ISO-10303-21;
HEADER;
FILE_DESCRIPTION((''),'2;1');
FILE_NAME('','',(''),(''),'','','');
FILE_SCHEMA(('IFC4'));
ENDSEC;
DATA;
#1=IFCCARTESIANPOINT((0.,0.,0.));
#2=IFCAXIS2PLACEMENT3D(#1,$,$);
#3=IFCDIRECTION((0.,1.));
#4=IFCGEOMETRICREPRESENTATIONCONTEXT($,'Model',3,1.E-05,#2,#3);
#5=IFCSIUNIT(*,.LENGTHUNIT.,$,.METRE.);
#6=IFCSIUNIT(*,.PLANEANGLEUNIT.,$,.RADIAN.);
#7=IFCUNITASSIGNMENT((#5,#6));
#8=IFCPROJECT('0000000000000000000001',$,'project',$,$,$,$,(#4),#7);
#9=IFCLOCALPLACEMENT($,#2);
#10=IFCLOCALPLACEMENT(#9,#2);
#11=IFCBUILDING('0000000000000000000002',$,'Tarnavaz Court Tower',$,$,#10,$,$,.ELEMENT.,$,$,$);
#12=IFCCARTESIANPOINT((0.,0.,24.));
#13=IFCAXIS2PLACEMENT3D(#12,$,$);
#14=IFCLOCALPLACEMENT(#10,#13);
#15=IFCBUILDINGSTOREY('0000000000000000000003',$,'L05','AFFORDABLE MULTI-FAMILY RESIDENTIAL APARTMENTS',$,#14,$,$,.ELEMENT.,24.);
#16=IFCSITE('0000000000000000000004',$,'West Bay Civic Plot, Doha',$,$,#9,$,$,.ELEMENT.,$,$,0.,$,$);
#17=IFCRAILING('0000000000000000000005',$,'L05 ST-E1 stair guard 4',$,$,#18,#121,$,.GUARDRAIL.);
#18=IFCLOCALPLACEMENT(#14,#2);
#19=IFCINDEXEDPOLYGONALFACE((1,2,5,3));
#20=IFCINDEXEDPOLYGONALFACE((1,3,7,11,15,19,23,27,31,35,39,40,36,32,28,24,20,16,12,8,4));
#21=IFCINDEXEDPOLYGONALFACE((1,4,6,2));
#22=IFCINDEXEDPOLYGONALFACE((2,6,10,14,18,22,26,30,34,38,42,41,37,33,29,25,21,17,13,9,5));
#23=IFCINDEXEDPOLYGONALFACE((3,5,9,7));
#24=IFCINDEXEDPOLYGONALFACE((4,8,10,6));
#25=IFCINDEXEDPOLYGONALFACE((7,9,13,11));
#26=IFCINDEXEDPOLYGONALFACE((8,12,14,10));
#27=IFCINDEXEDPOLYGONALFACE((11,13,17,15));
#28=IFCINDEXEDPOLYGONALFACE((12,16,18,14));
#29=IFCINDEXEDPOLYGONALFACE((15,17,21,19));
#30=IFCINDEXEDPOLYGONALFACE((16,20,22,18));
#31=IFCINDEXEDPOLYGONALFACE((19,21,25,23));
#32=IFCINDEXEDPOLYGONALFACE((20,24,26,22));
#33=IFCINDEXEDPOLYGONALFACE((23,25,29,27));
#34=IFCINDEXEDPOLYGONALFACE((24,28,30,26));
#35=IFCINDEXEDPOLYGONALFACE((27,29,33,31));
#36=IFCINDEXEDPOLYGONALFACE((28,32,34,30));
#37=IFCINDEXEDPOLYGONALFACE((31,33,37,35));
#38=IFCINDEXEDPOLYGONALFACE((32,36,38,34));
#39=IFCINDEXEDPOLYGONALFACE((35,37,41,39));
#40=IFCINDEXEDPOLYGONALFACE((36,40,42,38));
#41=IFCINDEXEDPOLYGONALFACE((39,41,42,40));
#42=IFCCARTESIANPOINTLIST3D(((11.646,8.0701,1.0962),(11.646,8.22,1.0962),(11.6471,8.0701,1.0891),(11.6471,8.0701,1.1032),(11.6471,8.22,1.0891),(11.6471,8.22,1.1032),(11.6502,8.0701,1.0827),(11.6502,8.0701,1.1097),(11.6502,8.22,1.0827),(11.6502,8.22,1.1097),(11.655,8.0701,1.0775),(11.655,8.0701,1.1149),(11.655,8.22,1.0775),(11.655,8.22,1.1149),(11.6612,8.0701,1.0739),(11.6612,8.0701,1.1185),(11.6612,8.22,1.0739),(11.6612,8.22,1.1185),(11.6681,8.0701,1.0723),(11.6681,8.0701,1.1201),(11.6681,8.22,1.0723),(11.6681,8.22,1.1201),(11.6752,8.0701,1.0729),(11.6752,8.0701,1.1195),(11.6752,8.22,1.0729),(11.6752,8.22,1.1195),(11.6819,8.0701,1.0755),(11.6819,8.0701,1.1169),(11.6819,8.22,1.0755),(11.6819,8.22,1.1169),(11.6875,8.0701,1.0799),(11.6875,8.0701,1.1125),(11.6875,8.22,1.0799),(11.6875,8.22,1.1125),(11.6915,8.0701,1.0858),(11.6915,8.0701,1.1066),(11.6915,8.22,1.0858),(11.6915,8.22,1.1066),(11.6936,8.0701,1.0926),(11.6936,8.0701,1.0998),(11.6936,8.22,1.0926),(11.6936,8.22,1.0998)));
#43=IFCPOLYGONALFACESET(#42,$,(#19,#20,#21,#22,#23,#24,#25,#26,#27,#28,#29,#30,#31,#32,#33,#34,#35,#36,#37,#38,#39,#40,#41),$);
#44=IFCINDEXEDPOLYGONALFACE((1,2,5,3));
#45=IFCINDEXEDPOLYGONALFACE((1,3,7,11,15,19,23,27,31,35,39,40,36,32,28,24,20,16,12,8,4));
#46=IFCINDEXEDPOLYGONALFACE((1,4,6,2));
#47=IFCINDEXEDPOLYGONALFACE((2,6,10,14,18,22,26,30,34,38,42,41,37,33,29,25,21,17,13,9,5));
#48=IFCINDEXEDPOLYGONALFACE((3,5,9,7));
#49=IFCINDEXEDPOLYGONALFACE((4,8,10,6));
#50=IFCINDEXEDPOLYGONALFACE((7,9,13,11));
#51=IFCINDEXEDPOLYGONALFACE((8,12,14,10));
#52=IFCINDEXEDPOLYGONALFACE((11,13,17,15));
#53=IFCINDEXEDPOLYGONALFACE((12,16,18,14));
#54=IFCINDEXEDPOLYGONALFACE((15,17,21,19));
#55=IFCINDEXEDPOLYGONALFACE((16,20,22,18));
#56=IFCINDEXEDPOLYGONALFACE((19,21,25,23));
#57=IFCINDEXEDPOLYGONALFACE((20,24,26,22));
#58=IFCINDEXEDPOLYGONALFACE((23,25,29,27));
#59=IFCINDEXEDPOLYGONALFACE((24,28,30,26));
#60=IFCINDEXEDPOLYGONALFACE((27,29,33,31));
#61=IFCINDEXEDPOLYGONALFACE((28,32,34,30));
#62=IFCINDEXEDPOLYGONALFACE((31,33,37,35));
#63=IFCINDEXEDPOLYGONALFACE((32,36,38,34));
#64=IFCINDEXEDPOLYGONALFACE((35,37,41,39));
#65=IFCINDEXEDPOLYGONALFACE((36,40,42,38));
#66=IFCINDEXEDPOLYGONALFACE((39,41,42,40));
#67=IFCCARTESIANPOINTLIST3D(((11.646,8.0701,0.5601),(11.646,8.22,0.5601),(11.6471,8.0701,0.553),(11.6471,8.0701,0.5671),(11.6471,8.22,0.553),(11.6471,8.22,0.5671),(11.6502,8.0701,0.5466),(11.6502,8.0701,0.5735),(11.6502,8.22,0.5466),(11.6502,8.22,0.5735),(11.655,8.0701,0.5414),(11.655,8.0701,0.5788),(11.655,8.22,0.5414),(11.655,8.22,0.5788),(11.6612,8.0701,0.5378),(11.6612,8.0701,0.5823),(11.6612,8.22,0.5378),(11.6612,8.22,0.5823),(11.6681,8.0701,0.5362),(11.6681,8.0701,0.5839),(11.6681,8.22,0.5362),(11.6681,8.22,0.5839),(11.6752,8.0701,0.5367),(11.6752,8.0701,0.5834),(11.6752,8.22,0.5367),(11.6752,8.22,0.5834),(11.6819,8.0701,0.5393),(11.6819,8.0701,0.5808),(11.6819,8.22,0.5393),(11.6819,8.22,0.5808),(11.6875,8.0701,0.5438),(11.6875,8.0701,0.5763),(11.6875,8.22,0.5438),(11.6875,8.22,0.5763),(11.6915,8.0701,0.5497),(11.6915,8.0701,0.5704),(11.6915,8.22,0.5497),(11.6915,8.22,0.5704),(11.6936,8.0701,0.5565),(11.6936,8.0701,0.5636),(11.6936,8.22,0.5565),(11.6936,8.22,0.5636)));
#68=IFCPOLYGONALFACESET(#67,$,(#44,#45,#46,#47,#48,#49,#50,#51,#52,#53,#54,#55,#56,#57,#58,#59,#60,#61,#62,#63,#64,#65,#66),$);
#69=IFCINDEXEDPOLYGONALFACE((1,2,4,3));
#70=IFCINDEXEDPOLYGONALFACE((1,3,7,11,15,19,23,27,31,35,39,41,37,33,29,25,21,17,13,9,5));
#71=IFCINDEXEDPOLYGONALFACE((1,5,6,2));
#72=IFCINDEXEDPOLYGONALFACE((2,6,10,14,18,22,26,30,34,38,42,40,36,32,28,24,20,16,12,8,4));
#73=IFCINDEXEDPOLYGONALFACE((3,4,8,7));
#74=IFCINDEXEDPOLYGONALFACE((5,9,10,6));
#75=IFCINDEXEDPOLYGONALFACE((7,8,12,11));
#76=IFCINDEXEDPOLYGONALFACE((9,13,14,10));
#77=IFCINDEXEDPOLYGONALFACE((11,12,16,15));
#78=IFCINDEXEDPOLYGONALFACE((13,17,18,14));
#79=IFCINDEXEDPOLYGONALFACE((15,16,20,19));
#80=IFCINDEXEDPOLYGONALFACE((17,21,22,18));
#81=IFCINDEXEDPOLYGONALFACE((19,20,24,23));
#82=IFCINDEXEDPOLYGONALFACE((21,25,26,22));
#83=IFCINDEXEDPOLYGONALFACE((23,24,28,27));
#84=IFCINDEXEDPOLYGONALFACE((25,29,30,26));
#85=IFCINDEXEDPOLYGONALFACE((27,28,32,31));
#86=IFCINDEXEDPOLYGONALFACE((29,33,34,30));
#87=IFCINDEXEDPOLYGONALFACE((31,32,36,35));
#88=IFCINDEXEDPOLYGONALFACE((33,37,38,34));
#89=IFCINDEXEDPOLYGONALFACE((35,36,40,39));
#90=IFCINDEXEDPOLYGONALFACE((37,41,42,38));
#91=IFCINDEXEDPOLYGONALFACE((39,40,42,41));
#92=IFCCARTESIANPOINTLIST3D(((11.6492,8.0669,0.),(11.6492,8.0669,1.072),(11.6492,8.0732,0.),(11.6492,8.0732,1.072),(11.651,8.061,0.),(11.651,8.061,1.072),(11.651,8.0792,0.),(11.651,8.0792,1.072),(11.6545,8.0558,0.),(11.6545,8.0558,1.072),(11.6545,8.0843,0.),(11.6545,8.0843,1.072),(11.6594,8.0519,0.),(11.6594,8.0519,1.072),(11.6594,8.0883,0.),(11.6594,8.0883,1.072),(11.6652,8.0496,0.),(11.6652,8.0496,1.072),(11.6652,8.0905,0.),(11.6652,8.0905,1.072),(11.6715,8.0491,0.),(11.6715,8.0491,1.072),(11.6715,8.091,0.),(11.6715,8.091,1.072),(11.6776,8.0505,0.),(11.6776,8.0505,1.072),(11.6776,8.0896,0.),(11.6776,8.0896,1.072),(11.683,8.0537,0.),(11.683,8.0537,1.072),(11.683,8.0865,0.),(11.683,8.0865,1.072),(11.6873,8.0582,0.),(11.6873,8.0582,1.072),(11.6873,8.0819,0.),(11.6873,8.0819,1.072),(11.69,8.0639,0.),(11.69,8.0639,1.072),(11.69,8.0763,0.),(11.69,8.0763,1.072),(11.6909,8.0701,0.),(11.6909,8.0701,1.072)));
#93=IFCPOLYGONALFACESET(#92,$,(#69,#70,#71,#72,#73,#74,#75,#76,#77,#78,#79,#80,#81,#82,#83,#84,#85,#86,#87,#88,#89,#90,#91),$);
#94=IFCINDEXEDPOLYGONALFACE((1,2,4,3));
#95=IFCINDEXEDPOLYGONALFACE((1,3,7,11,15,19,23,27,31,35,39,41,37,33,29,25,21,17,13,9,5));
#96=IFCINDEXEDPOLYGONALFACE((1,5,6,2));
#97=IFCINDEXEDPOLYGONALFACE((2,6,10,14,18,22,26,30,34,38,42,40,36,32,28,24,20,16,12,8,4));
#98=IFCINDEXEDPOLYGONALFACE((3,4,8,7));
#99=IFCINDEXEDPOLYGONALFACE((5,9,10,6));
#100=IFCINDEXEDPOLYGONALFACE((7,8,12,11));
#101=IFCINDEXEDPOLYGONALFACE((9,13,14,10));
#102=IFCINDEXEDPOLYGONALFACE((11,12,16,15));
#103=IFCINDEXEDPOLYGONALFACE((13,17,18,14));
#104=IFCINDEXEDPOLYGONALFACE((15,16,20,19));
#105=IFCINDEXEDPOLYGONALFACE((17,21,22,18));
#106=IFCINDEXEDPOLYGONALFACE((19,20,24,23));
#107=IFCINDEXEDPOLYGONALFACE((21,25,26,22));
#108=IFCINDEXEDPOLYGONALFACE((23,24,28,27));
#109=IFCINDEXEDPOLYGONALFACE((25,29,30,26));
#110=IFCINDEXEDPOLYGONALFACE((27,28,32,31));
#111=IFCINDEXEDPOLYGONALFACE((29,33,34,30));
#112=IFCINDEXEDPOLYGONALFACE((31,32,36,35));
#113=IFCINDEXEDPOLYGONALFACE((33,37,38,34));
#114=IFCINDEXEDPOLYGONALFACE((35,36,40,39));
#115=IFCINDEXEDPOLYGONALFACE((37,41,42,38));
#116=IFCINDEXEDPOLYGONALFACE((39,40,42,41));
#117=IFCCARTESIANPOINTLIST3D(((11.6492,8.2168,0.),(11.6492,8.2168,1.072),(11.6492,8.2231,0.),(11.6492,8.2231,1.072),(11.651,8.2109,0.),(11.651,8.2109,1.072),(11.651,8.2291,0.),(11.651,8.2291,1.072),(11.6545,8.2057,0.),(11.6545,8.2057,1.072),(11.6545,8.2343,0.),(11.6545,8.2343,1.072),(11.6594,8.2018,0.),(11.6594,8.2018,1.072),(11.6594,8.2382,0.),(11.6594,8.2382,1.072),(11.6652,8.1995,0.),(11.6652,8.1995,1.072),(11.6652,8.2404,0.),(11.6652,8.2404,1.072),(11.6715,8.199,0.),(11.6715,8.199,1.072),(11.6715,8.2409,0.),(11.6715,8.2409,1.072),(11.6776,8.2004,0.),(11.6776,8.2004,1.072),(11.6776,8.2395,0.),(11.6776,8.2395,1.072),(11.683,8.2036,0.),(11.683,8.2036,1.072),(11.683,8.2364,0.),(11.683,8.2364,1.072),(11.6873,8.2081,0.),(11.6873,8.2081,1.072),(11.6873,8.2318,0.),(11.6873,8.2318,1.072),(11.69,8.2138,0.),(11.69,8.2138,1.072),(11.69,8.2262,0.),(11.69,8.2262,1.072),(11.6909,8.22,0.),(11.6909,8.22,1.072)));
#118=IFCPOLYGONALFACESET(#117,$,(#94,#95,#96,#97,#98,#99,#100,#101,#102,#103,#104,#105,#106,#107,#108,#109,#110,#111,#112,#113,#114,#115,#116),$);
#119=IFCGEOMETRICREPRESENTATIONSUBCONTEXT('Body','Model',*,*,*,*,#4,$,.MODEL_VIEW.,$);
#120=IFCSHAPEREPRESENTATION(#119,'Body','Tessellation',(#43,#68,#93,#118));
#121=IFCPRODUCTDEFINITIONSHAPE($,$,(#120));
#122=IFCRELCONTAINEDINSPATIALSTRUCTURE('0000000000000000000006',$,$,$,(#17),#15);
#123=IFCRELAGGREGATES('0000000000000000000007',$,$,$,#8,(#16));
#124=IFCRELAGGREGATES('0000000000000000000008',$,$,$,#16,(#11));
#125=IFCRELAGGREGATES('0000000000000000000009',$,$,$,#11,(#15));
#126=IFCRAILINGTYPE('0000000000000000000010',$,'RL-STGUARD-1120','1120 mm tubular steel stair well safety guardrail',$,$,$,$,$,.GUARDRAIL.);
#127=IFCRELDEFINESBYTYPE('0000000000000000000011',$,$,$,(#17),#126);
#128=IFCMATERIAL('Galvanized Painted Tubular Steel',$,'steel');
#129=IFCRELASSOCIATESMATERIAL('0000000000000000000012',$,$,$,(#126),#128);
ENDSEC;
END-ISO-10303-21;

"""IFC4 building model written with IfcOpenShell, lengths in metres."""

from ifc_helpers import new_model, si_unit, direction, frame, origin, origin_2d, place, context, subcontext, project, spatial, circle, extrude, material, type_object, element, save


model = new_model("IFC4")

# Units and contexts
model_context = context("Model", 3, precision=1e-05, world=origin(), true_north=direction((0.0, 1.0)))
body_context = subcontext(model_context, "Body", "Model", "MODEL_VIEW")
ifc_project = project(units=[si_unit("LENGTHUNIT", "METRE"), si_unit("PLANEANGLEUNIT", "RADIAN")], contexts=[model_context])

# Site, building, storey
site_placement = place(None, origin())
site = spatial("IfcSite", under=ifc_project, at=site_placement, Name="West Bay Civic Plot, Doha", CompositionType="ELEMENT", RefElevation=0.0)
building_placement = place(site_placement, origin())
building = spatial("IfcBuilding", under=site, at=building_placement, Name="Tarnavaz Court Tower", CompositionType="ELEMENT")
storey_placement = place(building_placement, frame((0.0, 0.0, 24.0)))
storey = spatial("IfcBuildingStorey", under=building, at=storey_placement, Name="L05", Description="AFFORDABLE MULTI-FAMILY RESIDENTIAL APARTMENTS", CompositionType="ELEMENT", Elevation=24.0)

# Railing
ifc_material_1 = material(Name="Galvanized Painted Tubular Steel", Category="steel")
railing_type_1 = type_object("IfcRailingType", Name="RL-STGUARD-1120", Description="1120 mm tubular steel stair well safety guardrail", PredefinedType="GUARDRAIL", material=ifc_material_1)
railing_1_placement = place(storey_placement, frame((11.6699, 8.0701, 0.0)))
element("IfcRailing", 1, at=railing_1_placement, inside=storey, type_object=railing_type_1, Name="L05 ST-E1 stair guard 4", PredefinedType="GUARDRAIL", context=body_context, shape_type="SweptSolid", body=[
    extrude(circle(Radius=0.0239, at=origin_2d()), frame((0.0, 0.0, 1.0962), z_axis=(0.0, 1.0, 0.0), x_axis=(-1.0, 0.0, 0.0)), (0.0, 0.0, 1.0), 0.1499),
    extrude(circle(Radius=0.0239, at=origin_2d()), frame((0.0, 0.0, 0.5601), z_axis=(0.0, 1.0, 0.0), x_axis=(-1.0, 0.0, 0.0)), (0.0, 0.0, 1.0), 0.1499),
    extrude(circle(Radius=0.021, at=origin_2d()), origin(), (0.0, 0.0, 1.0), 1.072),
    extrude(circle(Radius=0.021, at=origin_2d()), frame((0.0, 0.1499, 0.0)), (0.0, 0.0, 1.0), 1.072),
])

save(model, "model.ifc")
